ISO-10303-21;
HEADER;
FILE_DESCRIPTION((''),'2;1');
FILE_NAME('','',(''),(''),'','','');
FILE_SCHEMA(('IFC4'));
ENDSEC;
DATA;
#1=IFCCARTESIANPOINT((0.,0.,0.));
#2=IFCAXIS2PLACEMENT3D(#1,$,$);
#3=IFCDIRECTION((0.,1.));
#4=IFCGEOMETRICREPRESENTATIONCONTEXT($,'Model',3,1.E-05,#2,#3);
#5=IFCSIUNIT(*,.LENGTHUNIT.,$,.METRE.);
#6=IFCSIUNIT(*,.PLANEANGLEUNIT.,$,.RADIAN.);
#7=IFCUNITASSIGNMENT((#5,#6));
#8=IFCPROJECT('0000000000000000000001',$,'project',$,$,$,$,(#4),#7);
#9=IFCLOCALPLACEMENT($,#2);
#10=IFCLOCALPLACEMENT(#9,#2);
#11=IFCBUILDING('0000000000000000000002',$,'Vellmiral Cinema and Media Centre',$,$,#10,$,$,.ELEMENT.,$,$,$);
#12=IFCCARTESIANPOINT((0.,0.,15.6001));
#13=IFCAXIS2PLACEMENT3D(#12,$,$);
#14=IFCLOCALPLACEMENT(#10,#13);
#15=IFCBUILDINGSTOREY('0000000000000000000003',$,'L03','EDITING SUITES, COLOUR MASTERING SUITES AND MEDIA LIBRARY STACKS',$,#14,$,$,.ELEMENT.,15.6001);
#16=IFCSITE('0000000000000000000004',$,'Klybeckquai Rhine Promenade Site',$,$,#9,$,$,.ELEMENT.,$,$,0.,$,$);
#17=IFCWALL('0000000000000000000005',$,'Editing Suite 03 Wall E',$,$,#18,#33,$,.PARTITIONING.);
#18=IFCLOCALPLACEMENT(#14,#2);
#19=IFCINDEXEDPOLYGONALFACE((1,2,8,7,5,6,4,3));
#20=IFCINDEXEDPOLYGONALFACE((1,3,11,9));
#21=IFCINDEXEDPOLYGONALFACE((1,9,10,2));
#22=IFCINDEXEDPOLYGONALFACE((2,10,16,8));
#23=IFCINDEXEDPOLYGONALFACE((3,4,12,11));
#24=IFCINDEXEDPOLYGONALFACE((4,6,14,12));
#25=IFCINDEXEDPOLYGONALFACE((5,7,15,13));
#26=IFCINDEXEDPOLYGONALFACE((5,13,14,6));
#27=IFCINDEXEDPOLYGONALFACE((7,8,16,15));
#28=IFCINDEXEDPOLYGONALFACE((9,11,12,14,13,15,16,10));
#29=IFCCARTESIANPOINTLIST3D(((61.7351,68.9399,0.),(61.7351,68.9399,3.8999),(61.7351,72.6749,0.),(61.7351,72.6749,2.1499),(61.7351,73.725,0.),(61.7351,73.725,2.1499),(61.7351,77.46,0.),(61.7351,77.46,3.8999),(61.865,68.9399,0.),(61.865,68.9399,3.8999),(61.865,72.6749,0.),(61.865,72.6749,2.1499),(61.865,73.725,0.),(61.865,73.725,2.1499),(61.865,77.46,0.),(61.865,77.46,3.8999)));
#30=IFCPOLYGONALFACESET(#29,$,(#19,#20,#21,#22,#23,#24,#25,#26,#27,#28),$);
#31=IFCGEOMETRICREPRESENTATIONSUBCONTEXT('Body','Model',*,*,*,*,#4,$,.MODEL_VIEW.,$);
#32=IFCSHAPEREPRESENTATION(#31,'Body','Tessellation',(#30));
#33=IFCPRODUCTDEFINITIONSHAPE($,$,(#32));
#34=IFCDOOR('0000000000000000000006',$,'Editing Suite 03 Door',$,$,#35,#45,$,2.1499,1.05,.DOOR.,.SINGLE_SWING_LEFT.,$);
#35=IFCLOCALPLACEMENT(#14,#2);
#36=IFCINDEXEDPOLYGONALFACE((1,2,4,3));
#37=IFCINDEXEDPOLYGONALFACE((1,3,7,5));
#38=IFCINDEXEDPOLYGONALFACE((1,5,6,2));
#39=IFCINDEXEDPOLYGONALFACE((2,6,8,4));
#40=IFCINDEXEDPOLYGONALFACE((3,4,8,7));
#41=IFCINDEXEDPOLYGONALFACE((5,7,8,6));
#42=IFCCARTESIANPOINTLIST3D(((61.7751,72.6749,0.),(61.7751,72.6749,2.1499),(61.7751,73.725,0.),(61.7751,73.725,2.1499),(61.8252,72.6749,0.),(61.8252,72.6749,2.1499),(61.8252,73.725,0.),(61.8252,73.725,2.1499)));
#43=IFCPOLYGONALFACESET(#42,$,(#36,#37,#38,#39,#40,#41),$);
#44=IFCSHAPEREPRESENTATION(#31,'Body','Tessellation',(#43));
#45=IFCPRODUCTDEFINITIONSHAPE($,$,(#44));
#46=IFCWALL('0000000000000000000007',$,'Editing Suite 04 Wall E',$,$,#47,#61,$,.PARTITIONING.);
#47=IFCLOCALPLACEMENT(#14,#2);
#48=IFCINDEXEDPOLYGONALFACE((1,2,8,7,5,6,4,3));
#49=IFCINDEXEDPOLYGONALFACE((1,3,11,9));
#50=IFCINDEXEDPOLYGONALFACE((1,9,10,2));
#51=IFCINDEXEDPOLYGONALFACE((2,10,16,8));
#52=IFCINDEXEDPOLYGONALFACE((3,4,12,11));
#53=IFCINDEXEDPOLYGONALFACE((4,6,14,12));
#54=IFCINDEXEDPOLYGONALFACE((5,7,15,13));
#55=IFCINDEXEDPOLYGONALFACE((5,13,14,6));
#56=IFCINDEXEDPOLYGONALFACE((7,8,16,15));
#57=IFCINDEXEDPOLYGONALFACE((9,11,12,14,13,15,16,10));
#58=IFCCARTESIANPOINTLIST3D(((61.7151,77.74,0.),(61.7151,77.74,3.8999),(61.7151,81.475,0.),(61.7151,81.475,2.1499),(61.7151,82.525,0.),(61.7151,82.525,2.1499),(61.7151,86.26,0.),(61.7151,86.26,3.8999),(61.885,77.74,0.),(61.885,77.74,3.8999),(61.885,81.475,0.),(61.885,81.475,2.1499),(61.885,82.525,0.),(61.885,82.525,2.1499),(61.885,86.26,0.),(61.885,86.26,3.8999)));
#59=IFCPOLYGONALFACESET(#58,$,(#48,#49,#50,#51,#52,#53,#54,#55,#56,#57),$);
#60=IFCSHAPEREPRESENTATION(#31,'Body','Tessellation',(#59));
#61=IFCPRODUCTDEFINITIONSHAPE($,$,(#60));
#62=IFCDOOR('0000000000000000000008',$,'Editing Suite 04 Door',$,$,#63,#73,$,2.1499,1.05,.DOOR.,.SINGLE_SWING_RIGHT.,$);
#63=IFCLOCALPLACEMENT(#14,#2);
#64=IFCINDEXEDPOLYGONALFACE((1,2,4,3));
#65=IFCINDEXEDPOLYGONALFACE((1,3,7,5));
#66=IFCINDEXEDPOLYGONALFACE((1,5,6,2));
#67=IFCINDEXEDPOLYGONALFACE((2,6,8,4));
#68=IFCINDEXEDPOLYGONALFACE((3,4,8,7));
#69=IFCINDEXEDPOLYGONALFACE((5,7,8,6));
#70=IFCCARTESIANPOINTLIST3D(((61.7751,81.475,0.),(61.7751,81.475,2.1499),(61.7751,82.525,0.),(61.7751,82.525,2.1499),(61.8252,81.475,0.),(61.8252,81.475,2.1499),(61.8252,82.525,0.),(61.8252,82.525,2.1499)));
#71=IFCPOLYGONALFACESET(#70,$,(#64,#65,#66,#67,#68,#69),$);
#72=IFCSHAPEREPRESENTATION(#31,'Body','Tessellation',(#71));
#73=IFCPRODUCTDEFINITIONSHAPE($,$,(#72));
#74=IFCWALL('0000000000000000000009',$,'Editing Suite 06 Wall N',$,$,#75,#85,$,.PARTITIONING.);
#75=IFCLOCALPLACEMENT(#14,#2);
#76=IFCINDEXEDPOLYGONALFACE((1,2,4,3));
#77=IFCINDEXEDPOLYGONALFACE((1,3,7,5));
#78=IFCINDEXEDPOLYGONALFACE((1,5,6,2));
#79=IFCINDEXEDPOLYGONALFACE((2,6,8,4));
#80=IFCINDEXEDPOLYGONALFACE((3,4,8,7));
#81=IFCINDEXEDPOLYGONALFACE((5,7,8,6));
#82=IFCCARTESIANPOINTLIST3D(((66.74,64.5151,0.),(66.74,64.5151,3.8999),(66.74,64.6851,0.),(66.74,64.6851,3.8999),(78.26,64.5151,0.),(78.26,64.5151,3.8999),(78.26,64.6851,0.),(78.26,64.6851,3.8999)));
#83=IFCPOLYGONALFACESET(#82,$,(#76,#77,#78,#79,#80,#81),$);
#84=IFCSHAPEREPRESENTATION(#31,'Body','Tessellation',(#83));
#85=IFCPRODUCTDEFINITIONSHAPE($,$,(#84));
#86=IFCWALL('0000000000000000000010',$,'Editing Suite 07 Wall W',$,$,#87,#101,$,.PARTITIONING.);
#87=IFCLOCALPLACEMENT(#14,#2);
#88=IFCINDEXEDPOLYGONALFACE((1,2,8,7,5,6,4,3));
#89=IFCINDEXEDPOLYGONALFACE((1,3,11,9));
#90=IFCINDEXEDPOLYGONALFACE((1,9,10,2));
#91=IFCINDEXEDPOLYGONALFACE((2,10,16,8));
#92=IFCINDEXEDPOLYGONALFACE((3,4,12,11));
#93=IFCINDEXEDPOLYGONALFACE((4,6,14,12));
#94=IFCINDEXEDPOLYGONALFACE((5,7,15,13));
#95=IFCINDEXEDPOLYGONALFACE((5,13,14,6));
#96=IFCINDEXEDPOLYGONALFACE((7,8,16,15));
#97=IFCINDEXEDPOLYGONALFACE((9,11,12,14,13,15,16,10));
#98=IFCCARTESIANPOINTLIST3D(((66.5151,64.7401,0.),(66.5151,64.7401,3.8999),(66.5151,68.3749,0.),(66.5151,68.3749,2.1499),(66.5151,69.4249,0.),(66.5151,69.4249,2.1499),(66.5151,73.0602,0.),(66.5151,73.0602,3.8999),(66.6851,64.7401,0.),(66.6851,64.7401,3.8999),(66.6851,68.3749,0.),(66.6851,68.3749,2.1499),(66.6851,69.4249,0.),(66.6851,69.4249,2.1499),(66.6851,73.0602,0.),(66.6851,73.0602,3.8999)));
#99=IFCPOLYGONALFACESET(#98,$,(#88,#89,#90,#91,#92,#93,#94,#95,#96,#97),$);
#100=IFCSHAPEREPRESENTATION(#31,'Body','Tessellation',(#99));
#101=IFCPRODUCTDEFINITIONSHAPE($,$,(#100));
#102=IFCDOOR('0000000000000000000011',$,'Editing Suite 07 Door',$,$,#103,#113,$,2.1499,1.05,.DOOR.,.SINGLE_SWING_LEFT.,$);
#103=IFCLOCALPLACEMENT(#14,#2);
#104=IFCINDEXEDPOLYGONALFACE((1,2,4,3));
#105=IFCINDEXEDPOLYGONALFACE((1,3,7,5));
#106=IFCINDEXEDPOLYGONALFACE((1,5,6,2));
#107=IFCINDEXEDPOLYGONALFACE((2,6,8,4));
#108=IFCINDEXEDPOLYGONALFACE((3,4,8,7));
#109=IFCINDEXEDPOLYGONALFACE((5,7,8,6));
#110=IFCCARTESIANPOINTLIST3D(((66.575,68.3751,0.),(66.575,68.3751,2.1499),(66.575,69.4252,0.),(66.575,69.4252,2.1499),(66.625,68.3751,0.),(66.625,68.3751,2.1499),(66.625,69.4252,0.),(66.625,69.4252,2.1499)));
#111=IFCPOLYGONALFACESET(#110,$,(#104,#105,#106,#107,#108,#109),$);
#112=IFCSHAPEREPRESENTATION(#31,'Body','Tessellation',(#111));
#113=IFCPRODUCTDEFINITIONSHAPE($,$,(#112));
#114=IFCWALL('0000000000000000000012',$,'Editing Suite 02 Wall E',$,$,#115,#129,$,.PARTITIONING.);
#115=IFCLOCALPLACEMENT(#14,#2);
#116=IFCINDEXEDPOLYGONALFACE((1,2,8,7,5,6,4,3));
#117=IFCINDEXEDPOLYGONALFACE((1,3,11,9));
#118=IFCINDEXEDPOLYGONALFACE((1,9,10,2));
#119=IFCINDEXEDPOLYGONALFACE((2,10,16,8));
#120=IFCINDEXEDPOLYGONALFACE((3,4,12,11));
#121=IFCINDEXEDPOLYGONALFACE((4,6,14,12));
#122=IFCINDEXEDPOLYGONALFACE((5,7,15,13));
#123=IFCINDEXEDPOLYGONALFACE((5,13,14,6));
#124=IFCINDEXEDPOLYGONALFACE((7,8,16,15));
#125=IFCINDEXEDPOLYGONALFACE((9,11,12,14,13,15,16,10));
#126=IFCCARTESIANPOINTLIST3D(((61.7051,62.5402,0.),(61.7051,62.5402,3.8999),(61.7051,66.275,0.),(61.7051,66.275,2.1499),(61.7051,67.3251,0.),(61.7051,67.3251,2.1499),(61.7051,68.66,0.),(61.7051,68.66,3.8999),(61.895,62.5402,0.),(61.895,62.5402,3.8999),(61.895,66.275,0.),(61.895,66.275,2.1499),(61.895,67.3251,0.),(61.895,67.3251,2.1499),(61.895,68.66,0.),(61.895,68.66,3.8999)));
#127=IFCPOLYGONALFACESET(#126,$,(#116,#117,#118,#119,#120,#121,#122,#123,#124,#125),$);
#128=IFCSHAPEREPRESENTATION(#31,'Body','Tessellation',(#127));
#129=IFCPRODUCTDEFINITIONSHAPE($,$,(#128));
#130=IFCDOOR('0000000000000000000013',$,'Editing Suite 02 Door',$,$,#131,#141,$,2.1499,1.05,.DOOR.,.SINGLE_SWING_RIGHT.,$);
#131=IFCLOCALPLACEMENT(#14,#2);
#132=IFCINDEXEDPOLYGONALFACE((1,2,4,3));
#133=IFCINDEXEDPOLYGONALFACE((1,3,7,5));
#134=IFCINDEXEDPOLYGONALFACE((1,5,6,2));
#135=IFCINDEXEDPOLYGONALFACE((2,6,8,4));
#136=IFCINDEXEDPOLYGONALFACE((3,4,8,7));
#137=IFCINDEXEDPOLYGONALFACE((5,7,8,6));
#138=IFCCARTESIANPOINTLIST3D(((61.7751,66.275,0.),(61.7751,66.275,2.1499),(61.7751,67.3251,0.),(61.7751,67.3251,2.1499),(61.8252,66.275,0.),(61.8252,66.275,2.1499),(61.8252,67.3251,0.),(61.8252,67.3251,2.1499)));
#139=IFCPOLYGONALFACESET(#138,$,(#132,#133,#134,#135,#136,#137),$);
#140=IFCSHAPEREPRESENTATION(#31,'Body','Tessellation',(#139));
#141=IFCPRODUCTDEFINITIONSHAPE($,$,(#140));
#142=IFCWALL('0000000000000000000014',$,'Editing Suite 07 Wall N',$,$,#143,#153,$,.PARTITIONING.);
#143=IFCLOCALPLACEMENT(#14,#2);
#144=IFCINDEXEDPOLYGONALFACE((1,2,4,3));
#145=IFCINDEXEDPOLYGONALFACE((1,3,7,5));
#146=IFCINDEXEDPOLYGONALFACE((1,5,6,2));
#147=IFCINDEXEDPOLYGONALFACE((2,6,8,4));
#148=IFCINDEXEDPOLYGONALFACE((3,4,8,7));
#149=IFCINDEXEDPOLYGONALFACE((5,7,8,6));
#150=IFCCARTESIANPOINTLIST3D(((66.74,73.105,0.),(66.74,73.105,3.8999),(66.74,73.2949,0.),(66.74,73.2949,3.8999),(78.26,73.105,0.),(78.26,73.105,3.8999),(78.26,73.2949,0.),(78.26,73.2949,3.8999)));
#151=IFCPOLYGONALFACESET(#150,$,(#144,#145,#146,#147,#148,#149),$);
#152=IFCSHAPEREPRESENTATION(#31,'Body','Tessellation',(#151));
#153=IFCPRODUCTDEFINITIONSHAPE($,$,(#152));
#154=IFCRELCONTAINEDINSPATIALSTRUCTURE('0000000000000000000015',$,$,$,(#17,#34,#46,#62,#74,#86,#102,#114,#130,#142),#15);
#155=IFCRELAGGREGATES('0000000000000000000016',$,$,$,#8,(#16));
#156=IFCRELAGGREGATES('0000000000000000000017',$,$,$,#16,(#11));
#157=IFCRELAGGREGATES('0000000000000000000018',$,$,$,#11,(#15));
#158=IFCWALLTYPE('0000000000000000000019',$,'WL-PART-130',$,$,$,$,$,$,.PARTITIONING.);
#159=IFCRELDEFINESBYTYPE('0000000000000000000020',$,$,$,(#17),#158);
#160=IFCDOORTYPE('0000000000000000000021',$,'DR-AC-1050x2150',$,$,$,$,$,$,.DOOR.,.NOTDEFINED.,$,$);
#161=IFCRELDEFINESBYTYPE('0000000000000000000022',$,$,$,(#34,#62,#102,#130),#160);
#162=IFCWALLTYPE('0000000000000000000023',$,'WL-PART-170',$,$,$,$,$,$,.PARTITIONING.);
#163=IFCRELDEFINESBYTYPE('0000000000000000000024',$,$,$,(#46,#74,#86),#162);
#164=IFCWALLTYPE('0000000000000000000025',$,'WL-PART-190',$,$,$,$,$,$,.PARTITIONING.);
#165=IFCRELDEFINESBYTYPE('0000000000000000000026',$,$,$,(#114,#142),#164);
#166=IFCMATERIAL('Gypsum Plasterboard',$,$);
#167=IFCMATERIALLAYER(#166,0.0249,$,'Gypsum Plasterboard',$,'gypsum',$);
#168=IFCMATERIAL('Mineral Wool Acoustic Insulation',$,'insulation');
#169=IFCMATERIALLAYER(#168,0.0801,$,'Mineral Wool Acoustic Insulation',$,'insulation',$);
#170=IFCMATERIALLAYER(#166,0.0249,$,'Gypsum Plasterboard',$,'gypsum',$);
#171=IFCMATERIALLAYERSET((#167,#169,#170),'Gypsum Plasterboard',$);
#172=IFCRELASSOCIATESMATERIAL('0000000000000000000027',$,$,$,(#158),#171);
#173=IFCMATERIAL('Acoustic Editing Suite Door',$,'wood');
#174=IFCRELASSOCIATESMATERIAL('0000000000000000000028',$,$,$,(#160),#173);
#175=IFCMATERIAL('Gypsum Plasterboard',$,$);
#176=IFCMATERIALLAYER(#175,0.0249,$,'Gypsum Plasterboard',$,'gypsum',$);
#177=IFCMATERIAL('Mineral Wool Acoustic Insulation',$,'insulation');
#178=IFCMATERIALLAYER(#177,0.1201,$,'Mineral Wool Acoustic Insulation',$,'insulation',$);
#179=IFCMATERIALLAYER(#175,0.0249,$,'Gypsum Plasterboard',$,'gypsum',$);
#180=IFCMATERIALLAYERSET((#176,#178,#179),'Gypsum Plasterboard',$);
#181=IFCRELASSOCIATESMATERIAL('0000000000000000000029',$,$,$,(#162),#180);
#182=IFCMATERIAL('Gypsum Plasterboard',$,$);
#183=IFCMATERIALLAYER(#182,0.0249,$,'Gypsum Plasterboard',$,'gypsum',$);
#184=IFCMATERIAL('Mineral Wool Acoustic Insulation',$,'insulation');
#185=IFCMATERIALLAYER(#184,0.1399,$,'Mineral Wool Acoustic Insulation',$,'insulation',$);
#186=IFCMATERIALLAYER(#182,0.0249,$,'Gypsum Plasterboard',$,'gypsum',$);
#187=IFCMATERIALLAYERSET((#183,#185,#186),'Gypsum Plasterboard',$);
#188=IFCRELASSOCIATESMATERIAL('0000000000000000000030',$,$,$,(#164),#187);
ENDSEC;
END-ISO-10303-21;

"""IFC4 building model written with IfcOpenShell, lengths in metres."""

from ifc_helpers import new_model, si_unit, direction, frame, frame_2d, origin, place, context, subcontext, project, spatial, rectangle, extrude, material, layer, layer_set, type_object, element, fill, save


model = new_model("IFC4")

# Units and contexts
model_context = context("Model", 3, precision=1e-05, world=origin(), true_north=direction((0.0, 1.0)))
body_context = subcontext(model_context, "Body", "Model", "MODEL_VIEW")
ifc_project = project(units=[si_unit("LENGTHUNIT", "METRE"), si_unit("PLANEANGLEUNIT", "RADIAN")], contexts=[model_context])

# Site, building, storey
site_placement = place(None, origin())
site = spatial("IfcSite", under=ifc_project, at=site_placement, Name="Klybeckquai Rhine Promenade Site", CompositionType="ELEMENT", RefElevation=0.0)
building_placement = place(site_placement, origin())
building = spatial("IfcBuilding", under=site, at=building_placement, Name="Vellmiral Cinema and Media Centre", CompositionType="ELEMENT")
storey_placement = place(building_placement, frame((0.0, 0.0, 15.6001)))
storey = spatial("IfcBuildingStorey", under=building, at=storey_placement, Name="L03", Description="EDITING SUITES, COLOUR MASTERING SUITES AND MEDIA LIBRARY STACKS", CompositionType="ELEMENT", Elevation=15.6001)

# Walls, openings, doors
ifc_material_1 = material(Name="Gypsum Plasterboard")
ifc_layer_1 = layer(ifc_material_1, 0.0249, Name="Gypsum Plasterboard", Category="gypsum")
ifc_material_2 = material(Name="Mineral Wool Acoustic Insulation", Category="insulation")
ifc_layer_2 = layer(ifc_material_2, 0.0801, Name="Mineral Wool Acoustic Insulation", Category="insulation")
ifc_layer_3 = layer(ifc_material_1, 0.0249, Name="Gypsum Plasterboard", Category="gypsum")
ifc_layer_set_1 = layer_set([ifc_layer_1, ifc_layer_2, ifc_layer_3], Name="Gypsum Plasterboard")
wall_type_1 = type_object("IfcWallType", Name="WL-PART-130", PredefinedType="PARTITIONING", material=ifc_layer_set_1)
wall_1_placement = place(storey_placement, frame((61.8, 68.9399, 0.0), z_axis=(0.0, 0.0, 1.0), x_axis=(0.0, 1.0, 0.0)))
wall_1 = element("IfcWall", 1, at=wall_1_placement, inside=storey, type_object=wall_type_1, Name="Editing Suite 03 Wall E", PredefinedType="PARTITIONING", context=body_context, shape_type="SweptSolid", body=[
    extrude(rectangle(XDim=8.52, YDim=0.1299, at=frame_2d((4.26, 0.0))), origin(), (0.0, 0.0, 1.0), 3.8999),
])
opening_1_placement = place(wall_1_placement, frame((3.7351, 0.0, 0.0)))
opening_1 = element("IfcOpeningElement", 2, at=opening_1_placement, cuts=wall_1, PredefinedType="OPENING", context=body_context, shape_type="SweptSolid", body=[
    extrude(rectangle(XDim=1.05, YDim=2.1499, at=frame_2d((0.5249, 1.075))), frame((0.0, 0.0769, 0.0), z_axis=(0.0, -1.0, 0.0), x_axis=(1.0, 0.0, 0.0)), (0.0, 0.0, 1.0), 0.1538),
])
ifc_material_3 = material(Name="Acoustic Editing Suite Door", Category="wood")
door_type = type_object("IfcDoorType", Name="DR-AC-1050x2150", OperationType="NOTDEFINED", PredefinedType="DOOR", material=ifc_material_3)
door_1_placement = place(opening_1_placement, origin())
door_1 = element("IfcDoor", 3, at=door_1_placement, inside=storey, type_object=door_type, Name="Editing Suite 03 Door", OperationType="SINGLE_SWING_LEFT", OverallHeight=2.1499, OverallWidth=1.05, PredefinedType="DOOR", context=body_context, shape_type="SweptSolid", body=[
    extrude(rectangle(XDim=1.05, YDim=2.1499, at=frame_2d((0.5249, 1.075))), frame((0.0, 0.0249, 0.0), z_axis=(0.0, -1.0, 0.0), x_axis=(1.0, 0.0, 0.0)), (0.0, 0.0, 1.0), 0.05),
])
fill(opening_1, door_1)
ifc_material_4 = material(Name="Gypsum Plasterboard")
ifc_layer_4 = layer(ifc_material_4, 0.0249, Name="Gypsum Plasterboard", Category="gypsum")
ifc_material_5 = material(Name="Mineral Wool Acoustic Insulation", Category="insulation")
ifc_layer_5 = layer(ifc_material_5, 0.1201, Name="Mineral Wool Acoustic Insulation", Category="insulation")
ifc_layer_6 = layer(ifc_material_4, 0.0249, Name="Gypsum Plasterboard", Category="gypsum")
ifc_layer_set_2 = layer_set([ifc_layer_4, ifc_layer_5, ifc_layer_6], Name="Gypsum Plasterboard")
wall_type_2 = type_object("IfcWallType", Name="WL-PART-170", PredefinedType="PARTITIONING", material=ifc_layer_set_2)
wall_2_placement = place(storey_placement, frame((61.8, 77.74, 0.0), z_axis=(0.0, 0.0, 1.0), x_axis=(0.0, 1.0, 0.0)))
wall_2 = element("IfcWall", 4, at=wall_2_placement, inside=storey, type_object=wall_type_2, Name="Editing Suite 04 Wall E", PredefinedType="PARTITIONING", context=body_context, shape_type="SweptSolid", body=[
    extrude(rectangle(XDim=8.52, YDim=0.1699, at=frame_2d((4.26, 0.0))), origin(), (0.0, 0.0, 1.0), 3.8999),
])
opening_2_placement = place(wall_2_placement, frame((3.7351, 0.0, 0.0)))
opening_2 = element("IfcOpeningElement", 5, at=opening_2_placement, cuts=wall_2, PredefinedType="OPENING", context=body_context, shape_type="SweptSolid", body=[
    extrude(rectangle(XDim=1.05, YDim=2.1499, at=frame_2d((0.5249, 1.075))), frame((0.0, 0.0969, 0.0), z_axis=(0.0, -1.0, 0.0), x_axis=(1.0, 0.0, 0.0)), (0.0, 0.0, 1.0), 0.1938),
])
door_2_placement = place(opening_2_placement, origin())
door_2 = element("IfcDoor", 6, at=door_2_placement, inside=storey, type_object=door_type, Name="Editing Suite 04 Door", OperationType="SINGLE_SWING_RIGHT", OverallHeight=2.1499, OverallWidth=1.05, PredefinedType="DOOR", context=body_context, shape_type="SweptSolid", body=[
    extrude(rectangle(XDim=1.05, YDim=2.1499, at=frame_2d((0.5249, 1.075))), frame((0.0, 0.0249, 0.0), z_axis=(0.0, -1.0, 0.0), x_axis=(1.0, 0.0, 0.0)), (0.0, 0.0, 1.0), 0.05),
])
fill(opening_2, door_2)

# Wall
wall_3_placement = place(storey_placement, frame((66.74, 64.6001, 0.0), z_axis=(0.0, 0.0, 1.0), x_axis=(1.0, 0.0, 0.0)))
element("IfcWall", 7, at=wall_3_placement, inside=storey, type_object=wall_type_2, Name="Editing Suite 06 Wall N", PredefinedType="PARTITIONING", context=body_context, shape_type="SweptSolid", body=[
    extrude(rectangle(XDim=11.52, YDim=0.1699, at=frame_2d((5.76, 0.0))), origin(), (0.0, 0.0, 1.0), 3.8999),
])

# Walls, openings, doors
wall_4_placement = place(storey_placement, frame((66.6001, 64.74, 0.0), z_axis=(0.0, 0.0, 1.0), x_axis=(0.0, 1.0, 0.0)))
wall_4 = element("IfcWall", 8, at=wall_4_placement, inside=storey, type_object=wall_type_2, Name="Editing Suite 07 Wall W", PredefinedType="PARTITIONING", context=body_context, shape_type="SweptSolid", body=[
    extrude(rectangle(XDim=8.3201, YDim=0.1699, at=frame_2d((4.1602, 0.0))), origin(), (0.0, 0.0, 1.0), 3.8999),
])
opening_3_placement = place(wall_4_placement, frame((3.635, 0.0, 0.0)))
opening_3 = element("IfcOpeningElement", 9, at=opening_3_placement, cuts=wall_4, PredefinedType="OPENING", context=body_context, shape_type="SweptSolid", body=[
    extrude(rectangle(XDim=1.05, YDim=2.1499, at=frame_2d((0.5249, 1.075))), frame((0.0, 0.0969, 0.0), z_axis=(0.0, -1.0, 0.0), x_axis=(1.0, 0.0, 0.0)), (0.0, 0.0, 1.0), 0.1938),
])
door_3_placement = place(opening_3_placement, frame((1.05, 0.0, 0.0), z_axis=(0.0, 0.0, 1.0), x_axis=(-1.0, 0.0, 0.0)))
door_3 = element("IfcDoor", 10, at=door_3_placement, inside=storey, type_object=door_type, Name="Editing Suite 07 Door", OperationType="SINGLE_SWING_LEFT", OverallHeight=2.1499, OverallWidth=1.05, PredefinedType="DOOR", context=body_context, shape_type="SweptSolid", body=[
    extrude(rectangle(XDim=1.05, YDim=2.1499, at=frame_2d((0.5249, 1.075))), frame((0.0, 0.0249, 0.0), z_axis=(0.0, -1.0, 0.0), x_axis=(1.0, 0.0, 0.0)), (0.0, 0.0, 1.0), 0.05),
])
fill(opening_3, door_3)
ifc_material_6 = material(Name="Gypsum Plasterboard")
ifc_layer_7 = layer(ifc_material_6, 0.0249, Name="Gypsum Plasterboard", Category="gypsum")
ifc_material_7 = material(Name="Mineral Wool Acoustic Insulation", Category="insulation")
ifc_layer_8 = layer(ifc_material_7, 0.1399, Name="Mineral Wool Acoustic Insulation", Category="insulation")
ifc_layer_9 = layer(ifc_material_6, 0.0249, Name="Gypsum Plasterboard", Category="gypsum")
ifc_layer_set_3 = layer_set([ifc_layer_7, ifc_layer_8, ifc_layer_9], Name="Gypsum Plasterboard")
wall_type_3 = type_object("IfcWallType", Name="WL-PART-190", PredefinedType="PARTITIONING", material=ifc_layer_set_3)
wall_5_placement = place(storey_placement, frame((61.8, 62.54, 0.0), z_axis=(0.0, 0.0, 1.0), x_axis=(0.0, 1.0, 0.0)))
wall_5 = element("IfcWall", 11, at=wall_5_placement, inside=storey, type_object=wall_type_3, Name="Editing Suite 02 Wall E", PredefinedType="PARTITIONING", context=body_context, shape_type="SweptSolid", body=[
    extrude(rectangle(XDim=6.1199, YDim=0.1899, at=frame_2d((3.0601, 0.0))), origin(), (0.0, 0.0, 1.0), 3.8999),
])
opening_4_placement = place(wall_5_placement, frame((3.7351, 0.0, 0.0)))
opening_4 = element("IfcOpeningElement", 12, at=opening_4_placement, cuts=wall_5, PredefinedType="OPENING", context=body_context, shape_type="SweptSolid", body=[
    extrude(rectangle(XDim=1.05, YDim=2.1499, at=frame_2d((0.5249, 1.075))), frame((0.0, 0.1069, 0.0), z_axis=(0.0, -1.0, 0.0), x_axis=(1.0, 0.0, 0.0)), (0.0, 0.0, 1.0), 0.2139),
])
door_4_placement = place(opening_4_placement, origin())
door_4 = element("IfcDoor", 13, at=door_4_placement, inside=storey, type_object=door_type, Name="Editing Suite 02 Door", OperationType="SINGLE_SWING_RIGHT", OverallHeight=2.1499, OverallWidth=1.05, PredefinedType="DOOR", context=body_context, shape_type="SweptSolid", body=[
    extrude(rectangle(XDim=1.05, YDim=2.1499, at=frame_2d((0.5249, 1.075))), frame((0.0, 0.0249, 0.0), z_axis=(0.0, -1.0, 0.0), x_axis=(1.0, 0.0, 0.0)), (0.0, 0.0, 1.0), 0.05),
])
fill(opening_4, door_4)

# Wall
wall_6_placement = place(storey_placement, frame((66.74, 73.2, 0.0), z_axis=(0.0, 0.0, 1.0), x_axis=(1.0, 0.0, 0.0)))
element("IfcWall", 14, at=wall_6_placement, inside=storey, type_object=wall_type_3, Name="Editing Suite 07 Wall N", PredefinedType="PARTITIONING", context=body_context, shape_type="SweptSolid", body=[
    extrude(rectangle(XDim=11.52, YDim=0.1899, at=frame_2d((5.76, 0.0))), origin(), (0.0, 0.0, 1.0), 3.8999),
])

save(model, "model.ifc")
